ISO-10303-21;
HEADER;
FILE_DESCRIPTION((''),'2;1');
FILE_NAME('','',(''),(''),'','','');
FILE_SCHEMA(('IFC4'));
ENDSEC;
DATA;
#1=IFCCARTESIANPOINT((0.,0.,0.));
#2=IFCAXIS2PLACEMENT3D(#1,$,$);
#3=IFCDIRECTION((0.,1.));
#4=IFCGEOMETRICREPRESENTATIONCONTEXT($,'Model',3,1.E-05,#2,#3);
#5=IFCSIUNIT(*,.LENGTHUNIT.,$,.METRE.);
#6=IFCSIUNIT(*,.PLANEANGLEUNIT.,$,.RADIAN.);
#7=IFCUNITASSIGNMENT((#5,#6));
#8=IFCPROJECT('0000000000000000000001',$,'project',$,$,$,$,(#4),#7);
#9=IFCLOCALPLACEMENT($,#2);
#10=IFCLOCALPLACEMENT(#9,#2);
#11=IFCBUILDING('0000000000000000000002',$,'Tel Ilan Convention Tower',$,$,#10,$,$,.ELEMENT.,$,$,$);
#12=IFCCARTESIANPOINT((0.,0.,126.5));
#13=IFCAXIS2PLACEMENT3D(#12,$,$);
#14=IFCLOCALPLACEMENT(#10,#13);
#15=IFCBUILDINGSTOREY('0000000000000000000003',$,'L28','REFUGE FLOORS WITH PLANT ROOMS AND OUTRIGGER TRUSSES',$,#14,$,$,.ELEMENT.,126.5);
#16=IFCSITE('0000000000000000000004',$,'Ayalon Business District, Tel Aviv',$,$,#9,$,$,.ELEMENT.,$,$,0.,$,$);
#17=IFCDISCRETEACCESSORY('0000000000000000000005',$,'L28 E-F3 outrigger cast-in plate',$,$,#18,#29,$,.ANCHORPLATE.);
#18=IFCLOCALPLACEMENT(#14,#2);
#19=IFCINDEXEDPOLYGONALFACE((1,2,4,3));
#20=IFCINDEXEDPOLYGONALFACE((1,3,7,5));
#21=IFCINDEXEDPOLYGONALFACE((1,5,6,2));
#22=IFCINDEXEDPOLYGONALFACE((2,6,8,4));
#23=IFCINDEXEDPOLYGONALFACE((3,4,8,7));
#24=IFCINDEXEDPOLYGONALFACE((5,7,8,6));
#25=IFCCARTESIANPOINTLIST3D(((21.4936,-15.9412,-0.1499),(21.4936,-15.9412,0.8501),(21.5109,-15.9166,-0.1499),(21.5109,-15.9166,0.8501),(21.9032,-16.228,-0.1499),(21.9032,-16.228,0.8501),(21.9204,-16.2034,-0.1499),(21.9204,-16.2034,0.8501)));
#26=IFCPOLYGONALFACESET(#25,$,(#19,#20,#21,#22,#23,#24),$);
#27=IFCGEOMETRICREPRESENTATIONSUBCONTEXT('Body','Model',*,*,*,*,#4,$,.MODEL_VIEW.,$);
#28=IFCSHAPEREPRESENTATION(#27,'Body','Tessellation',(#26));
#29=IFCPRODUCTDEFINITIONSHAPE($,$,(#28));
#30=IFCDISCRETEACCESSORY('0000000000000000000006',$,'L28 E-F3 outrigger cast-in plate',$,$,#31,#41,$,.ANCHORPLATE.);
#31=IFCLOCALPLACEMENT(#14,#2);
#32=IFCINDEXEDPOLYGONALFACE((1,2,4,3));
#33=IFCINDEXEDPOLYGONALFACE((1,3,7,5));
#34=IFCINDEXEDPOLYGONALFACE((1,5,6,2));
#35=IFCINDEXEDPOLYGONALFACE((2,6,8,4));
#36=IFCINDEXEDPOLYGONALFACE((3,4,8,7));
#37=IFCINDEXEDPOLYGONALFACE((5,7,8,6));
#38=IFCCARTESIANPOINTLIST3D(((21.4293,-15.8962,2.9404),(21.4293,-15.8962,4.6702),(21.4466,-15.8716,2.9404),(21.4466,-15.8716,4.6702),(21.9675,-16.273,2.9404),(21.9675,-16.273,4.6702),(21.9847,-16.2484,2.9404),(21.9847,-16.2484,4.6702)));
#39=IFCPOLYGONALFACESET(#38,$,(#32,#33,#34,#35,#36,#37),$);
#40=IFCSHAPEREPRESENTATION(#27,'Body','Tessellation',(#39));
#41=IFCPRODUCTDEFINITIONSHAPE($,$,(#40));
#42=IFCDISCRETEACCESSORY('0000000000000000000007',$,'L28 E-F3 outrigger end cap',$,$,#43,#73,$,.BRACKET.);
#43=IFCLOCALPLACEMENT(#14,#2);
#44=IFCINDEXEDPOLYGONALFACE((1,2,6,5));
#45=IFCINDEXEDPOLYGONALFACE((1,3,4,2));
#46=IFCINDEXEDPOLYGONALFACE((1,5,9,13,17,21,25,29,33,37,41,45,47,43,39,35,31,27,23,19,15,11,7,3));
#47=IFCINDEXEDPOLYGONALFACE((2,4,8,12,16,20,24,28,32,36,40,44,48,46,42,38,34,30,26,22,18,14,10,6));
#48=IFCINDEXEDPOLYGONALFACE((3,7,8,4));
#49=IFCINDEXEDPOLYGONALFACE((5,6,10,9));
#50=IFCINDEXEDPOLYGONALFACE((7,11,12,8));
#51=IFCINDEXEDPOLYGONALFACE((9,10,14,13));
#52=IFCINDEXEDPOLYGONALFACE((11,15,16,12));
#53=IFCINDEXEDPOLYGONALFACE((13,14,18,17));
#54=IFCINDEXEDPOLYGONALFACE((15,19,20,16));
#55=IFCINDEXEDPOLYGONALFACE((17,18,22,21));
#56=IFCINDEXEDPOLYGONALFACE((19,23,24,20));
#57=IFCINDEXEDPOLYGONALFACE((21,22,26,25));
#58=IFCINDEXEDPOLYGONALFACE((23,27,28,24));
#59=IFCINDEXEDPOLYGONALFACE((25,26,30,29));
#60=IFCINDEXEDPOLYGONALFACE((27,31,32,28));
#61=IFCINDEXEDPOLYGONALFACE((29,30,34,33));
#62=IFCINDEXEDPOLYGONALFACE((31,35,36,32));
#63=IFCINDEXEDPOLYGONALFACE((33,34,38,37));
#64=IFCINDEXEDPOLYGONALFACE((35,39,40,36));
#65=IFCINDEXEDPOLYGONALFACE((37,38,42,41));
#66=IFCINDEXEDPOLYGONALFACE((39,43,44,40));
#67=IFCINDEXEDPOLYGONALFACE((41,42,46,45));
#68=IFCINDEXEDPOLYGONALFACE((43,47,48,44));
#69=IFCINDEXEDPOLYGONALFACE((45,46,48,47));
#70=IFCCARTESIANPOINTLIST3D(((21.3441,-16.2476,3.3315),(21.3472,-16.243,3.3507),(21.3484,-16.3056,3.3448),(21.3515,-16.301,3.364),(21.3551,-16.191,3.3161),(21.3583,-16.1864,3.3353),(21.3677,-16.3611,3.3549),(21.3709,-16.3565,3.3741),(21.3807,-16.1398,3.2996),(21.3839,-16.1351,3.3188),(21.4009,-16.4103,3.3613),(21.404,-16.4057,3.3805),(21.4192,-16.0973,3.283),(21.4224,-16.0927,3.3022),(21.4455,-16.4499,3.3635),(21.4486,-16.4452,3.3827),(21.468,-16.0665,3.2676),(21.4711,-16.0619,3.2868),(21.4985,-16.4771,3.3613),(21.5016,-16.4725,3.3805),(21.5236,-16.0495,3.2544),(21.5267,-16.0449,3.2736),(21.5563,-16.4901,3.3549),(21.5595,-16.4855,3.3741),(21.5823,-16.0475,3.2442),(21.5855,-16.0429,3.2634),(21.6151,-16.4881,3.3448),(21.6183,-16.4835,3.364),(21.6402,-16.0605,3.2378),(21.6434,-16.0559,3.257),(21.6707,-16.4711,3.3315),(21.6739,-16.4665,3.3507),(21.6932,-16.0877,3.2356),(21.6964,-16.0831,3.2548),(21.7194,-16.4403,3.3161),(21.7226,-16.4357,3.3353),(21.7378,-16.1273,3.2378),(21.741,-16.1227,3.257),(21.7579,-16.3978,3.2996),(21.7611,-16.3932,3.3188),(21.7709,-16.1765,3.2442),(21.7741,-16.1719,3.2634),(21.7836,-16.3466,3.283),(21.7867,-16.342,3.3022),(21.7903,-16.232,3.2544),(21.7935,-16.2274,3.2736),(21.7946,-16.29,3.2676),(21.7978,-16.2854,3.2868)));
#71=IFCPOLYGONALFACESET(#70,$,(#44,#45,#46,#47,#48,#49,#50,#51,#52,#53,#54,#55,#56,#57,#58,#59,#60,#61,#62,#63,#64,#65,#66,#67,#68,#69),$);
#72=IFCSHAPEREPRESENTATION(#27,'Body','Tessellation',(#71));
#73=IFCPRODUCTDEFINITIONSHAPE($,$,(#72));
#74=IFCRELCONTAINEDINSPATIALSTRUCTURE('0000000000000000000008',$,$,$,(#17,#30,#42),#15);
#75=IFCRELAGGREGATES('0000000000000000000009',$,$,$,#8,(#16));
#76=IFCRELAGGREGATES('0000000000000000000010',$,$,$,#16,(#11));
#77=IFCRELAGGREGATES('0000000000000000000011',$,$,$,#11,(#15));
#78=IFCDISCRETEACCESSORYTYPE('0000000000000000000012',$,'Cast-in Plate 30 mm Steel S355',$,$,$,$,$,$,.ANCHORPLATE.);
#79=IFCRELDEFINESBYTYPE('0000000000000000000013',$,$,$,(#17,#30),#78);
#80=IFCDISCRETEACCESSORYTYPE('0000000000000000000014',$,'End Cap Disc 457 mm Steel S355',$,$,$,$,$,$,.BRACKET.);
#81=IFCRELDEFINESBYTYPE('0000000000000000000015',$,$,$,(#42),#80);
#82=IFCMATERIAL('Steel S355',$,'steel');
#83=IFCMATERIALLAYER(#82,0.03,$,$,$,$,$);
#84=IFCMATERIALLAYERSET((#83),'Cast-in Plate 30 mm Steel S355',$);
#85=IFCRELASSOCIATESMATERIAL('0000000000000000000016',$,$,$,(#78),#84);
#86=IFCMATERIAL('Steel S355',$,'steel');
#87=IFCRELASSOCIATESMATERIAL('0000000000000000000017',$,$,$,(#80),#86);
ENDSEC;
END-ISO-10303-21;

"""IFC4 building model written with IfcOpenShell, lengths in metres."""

from ifc_helpers import new_model, si_unit, direction, frame, origin, origin_2d, place, context, subcontext, project, spatial, rectangle, circle, extrude, material, layer, layer_set, material_profile, profile_set, type_object, element, save


model = new_model("IFC4")

# Units and contexts
model_context = context("Model", 3, precision=1e-05, world=origin(), true_north=direction((0.0, 1.0)))
body_context = subcontext(model_context, "Body", "Model", "MODEL_VIEW")
ifc_project = project(units=[si_unit("LENGTHUNIT", "METRE"), si_unit("PLANEANGLEUNIT", "RADIAN")], contexts=[model_context])

# Site, building, storey
site_placement = place(None, origin())
site = spatial("IfcSite", under=ifc_project, at=site_placement, Name="Ayalon Business District, Tel Aviv", CompositionType="ELEMENT", RefElevation=0.0)
building_placement = place(site_placement, origin())
building = spatial("IfcBuilding", under=site, at=building_placement, Name="Tel Ilan Convention Tower", CompositionType="ELEMENT")
storey_placement = place(building_placement, frame((0.0, 0.0, 126.5)))
storey = spatial("IfcBuildingStorey", under=building, at=storey_placement, Name="L28", Description="REFUGE FLOORS WITH PLANT ROOMS AND OUTRIGGER TRUSSES", CompositionType="ELEMENT", Elevation=126.5)

# Discrete accessories
ifc_material_1 = material(Name="Steel S355", Category="steel")
ifc_layer_1 = layer(ifc_material_1, 0.03)
ifc_layer_set_1 = layer_set([ifc_layer_1], Name="Cast-in Plate 30 mm Steel S355")
discrete_accessory_type_1 = type_object("IfcDiscreteAccessoryType", Name="Cast-in Plate 30 mm Steel S355", PredefinedType="ANCHORPLATE", material=ifc_layer_set_1)
discrete_accessory_1_placement = place(storey_placement, frame((21.707, -16.0723, -0.1499), z_axis=(0.0, 0.0, 1.0), x_axis=(0.573576, 0.819152, 0.0)))
element("IfcDiscreteAccessory", 1, at=discrete_accessory_1_placement, inside=storey, type_object=discrete_accessory_type_1, Name="L28 E-F3 outrigger cast-in plate", PredefinedType="ANCHORPLATE", context=body_context, shape_type="SweptSolid", body=[
    extrude(rectangle(XDim=0.03, YDim=0.5, at=origin_2d()), origin(), (0.0, 0.0, 1.0), 1.0),
])
discrete_accessory_2_placement = place(storey_placement, frame((21.707, -16.0723, 2.9404), z_axis=(0.0, 0.0, 1.0), x_axis=(0.573576, 0.819152, 0.0)))
element("IfcDiscreteAccessory", 2, at=discrete_accessory_2_placement, inside=storey, type_object=discrete_accessory_type_1, Name="L28 E-F3 outrigger cast-in plate", PredefinedType="ANCHORPLATE", context=body_context, shape_type="SweptSolid", body=[
    extrude(rectangle(XDim=0.03, YDim=0.657, at=origin_2d()), origin(), (0.0, 0.0, 1.0), 1.7297),
])
ifc_material_2 = material(Name="Steel S355", Category="steel")
ifc_material_profile_1 = material_profile(ifc_material_2, circle(Radius=0.2285, at=origin_2d()), Name="End Cap Disc 457 mm Steel S355")
ifc_profile_set_1 = profile_set([ifc_material_profile_1], Name="Steel S355")
discrete_accessory_type_2 = type_object("IfcDiscreteAccessoryType", Name="End Cap Disc 457 mm Steel S355", PredefinedType="BRACKET", material=ifc_profile_set_1)
discrete_accessory_3_placement = place(storey_placement, frame((21.5693, -16.2688, 3.2996), z_axis=(0.157985, 0.230902, 0.960065), x_axis=(-0.825307, 0.564684, 0.0)))
element("IfcDiscreteAccessory", 3, at=discrete_accessory_3_placement, inside=storey, type_object=discrete_accessory_type_2, Name="L28 E-F3 outrigger end cap", PredefinedType="BRACKET", context=body_context, shape_type="SweptSolid", body=[
    extrude(circle(Radius=0.2285, at=origin_2d()), origin(), (0.0, 0.0, 1.0), 0.02),
])

save(model, "model.ifc")
